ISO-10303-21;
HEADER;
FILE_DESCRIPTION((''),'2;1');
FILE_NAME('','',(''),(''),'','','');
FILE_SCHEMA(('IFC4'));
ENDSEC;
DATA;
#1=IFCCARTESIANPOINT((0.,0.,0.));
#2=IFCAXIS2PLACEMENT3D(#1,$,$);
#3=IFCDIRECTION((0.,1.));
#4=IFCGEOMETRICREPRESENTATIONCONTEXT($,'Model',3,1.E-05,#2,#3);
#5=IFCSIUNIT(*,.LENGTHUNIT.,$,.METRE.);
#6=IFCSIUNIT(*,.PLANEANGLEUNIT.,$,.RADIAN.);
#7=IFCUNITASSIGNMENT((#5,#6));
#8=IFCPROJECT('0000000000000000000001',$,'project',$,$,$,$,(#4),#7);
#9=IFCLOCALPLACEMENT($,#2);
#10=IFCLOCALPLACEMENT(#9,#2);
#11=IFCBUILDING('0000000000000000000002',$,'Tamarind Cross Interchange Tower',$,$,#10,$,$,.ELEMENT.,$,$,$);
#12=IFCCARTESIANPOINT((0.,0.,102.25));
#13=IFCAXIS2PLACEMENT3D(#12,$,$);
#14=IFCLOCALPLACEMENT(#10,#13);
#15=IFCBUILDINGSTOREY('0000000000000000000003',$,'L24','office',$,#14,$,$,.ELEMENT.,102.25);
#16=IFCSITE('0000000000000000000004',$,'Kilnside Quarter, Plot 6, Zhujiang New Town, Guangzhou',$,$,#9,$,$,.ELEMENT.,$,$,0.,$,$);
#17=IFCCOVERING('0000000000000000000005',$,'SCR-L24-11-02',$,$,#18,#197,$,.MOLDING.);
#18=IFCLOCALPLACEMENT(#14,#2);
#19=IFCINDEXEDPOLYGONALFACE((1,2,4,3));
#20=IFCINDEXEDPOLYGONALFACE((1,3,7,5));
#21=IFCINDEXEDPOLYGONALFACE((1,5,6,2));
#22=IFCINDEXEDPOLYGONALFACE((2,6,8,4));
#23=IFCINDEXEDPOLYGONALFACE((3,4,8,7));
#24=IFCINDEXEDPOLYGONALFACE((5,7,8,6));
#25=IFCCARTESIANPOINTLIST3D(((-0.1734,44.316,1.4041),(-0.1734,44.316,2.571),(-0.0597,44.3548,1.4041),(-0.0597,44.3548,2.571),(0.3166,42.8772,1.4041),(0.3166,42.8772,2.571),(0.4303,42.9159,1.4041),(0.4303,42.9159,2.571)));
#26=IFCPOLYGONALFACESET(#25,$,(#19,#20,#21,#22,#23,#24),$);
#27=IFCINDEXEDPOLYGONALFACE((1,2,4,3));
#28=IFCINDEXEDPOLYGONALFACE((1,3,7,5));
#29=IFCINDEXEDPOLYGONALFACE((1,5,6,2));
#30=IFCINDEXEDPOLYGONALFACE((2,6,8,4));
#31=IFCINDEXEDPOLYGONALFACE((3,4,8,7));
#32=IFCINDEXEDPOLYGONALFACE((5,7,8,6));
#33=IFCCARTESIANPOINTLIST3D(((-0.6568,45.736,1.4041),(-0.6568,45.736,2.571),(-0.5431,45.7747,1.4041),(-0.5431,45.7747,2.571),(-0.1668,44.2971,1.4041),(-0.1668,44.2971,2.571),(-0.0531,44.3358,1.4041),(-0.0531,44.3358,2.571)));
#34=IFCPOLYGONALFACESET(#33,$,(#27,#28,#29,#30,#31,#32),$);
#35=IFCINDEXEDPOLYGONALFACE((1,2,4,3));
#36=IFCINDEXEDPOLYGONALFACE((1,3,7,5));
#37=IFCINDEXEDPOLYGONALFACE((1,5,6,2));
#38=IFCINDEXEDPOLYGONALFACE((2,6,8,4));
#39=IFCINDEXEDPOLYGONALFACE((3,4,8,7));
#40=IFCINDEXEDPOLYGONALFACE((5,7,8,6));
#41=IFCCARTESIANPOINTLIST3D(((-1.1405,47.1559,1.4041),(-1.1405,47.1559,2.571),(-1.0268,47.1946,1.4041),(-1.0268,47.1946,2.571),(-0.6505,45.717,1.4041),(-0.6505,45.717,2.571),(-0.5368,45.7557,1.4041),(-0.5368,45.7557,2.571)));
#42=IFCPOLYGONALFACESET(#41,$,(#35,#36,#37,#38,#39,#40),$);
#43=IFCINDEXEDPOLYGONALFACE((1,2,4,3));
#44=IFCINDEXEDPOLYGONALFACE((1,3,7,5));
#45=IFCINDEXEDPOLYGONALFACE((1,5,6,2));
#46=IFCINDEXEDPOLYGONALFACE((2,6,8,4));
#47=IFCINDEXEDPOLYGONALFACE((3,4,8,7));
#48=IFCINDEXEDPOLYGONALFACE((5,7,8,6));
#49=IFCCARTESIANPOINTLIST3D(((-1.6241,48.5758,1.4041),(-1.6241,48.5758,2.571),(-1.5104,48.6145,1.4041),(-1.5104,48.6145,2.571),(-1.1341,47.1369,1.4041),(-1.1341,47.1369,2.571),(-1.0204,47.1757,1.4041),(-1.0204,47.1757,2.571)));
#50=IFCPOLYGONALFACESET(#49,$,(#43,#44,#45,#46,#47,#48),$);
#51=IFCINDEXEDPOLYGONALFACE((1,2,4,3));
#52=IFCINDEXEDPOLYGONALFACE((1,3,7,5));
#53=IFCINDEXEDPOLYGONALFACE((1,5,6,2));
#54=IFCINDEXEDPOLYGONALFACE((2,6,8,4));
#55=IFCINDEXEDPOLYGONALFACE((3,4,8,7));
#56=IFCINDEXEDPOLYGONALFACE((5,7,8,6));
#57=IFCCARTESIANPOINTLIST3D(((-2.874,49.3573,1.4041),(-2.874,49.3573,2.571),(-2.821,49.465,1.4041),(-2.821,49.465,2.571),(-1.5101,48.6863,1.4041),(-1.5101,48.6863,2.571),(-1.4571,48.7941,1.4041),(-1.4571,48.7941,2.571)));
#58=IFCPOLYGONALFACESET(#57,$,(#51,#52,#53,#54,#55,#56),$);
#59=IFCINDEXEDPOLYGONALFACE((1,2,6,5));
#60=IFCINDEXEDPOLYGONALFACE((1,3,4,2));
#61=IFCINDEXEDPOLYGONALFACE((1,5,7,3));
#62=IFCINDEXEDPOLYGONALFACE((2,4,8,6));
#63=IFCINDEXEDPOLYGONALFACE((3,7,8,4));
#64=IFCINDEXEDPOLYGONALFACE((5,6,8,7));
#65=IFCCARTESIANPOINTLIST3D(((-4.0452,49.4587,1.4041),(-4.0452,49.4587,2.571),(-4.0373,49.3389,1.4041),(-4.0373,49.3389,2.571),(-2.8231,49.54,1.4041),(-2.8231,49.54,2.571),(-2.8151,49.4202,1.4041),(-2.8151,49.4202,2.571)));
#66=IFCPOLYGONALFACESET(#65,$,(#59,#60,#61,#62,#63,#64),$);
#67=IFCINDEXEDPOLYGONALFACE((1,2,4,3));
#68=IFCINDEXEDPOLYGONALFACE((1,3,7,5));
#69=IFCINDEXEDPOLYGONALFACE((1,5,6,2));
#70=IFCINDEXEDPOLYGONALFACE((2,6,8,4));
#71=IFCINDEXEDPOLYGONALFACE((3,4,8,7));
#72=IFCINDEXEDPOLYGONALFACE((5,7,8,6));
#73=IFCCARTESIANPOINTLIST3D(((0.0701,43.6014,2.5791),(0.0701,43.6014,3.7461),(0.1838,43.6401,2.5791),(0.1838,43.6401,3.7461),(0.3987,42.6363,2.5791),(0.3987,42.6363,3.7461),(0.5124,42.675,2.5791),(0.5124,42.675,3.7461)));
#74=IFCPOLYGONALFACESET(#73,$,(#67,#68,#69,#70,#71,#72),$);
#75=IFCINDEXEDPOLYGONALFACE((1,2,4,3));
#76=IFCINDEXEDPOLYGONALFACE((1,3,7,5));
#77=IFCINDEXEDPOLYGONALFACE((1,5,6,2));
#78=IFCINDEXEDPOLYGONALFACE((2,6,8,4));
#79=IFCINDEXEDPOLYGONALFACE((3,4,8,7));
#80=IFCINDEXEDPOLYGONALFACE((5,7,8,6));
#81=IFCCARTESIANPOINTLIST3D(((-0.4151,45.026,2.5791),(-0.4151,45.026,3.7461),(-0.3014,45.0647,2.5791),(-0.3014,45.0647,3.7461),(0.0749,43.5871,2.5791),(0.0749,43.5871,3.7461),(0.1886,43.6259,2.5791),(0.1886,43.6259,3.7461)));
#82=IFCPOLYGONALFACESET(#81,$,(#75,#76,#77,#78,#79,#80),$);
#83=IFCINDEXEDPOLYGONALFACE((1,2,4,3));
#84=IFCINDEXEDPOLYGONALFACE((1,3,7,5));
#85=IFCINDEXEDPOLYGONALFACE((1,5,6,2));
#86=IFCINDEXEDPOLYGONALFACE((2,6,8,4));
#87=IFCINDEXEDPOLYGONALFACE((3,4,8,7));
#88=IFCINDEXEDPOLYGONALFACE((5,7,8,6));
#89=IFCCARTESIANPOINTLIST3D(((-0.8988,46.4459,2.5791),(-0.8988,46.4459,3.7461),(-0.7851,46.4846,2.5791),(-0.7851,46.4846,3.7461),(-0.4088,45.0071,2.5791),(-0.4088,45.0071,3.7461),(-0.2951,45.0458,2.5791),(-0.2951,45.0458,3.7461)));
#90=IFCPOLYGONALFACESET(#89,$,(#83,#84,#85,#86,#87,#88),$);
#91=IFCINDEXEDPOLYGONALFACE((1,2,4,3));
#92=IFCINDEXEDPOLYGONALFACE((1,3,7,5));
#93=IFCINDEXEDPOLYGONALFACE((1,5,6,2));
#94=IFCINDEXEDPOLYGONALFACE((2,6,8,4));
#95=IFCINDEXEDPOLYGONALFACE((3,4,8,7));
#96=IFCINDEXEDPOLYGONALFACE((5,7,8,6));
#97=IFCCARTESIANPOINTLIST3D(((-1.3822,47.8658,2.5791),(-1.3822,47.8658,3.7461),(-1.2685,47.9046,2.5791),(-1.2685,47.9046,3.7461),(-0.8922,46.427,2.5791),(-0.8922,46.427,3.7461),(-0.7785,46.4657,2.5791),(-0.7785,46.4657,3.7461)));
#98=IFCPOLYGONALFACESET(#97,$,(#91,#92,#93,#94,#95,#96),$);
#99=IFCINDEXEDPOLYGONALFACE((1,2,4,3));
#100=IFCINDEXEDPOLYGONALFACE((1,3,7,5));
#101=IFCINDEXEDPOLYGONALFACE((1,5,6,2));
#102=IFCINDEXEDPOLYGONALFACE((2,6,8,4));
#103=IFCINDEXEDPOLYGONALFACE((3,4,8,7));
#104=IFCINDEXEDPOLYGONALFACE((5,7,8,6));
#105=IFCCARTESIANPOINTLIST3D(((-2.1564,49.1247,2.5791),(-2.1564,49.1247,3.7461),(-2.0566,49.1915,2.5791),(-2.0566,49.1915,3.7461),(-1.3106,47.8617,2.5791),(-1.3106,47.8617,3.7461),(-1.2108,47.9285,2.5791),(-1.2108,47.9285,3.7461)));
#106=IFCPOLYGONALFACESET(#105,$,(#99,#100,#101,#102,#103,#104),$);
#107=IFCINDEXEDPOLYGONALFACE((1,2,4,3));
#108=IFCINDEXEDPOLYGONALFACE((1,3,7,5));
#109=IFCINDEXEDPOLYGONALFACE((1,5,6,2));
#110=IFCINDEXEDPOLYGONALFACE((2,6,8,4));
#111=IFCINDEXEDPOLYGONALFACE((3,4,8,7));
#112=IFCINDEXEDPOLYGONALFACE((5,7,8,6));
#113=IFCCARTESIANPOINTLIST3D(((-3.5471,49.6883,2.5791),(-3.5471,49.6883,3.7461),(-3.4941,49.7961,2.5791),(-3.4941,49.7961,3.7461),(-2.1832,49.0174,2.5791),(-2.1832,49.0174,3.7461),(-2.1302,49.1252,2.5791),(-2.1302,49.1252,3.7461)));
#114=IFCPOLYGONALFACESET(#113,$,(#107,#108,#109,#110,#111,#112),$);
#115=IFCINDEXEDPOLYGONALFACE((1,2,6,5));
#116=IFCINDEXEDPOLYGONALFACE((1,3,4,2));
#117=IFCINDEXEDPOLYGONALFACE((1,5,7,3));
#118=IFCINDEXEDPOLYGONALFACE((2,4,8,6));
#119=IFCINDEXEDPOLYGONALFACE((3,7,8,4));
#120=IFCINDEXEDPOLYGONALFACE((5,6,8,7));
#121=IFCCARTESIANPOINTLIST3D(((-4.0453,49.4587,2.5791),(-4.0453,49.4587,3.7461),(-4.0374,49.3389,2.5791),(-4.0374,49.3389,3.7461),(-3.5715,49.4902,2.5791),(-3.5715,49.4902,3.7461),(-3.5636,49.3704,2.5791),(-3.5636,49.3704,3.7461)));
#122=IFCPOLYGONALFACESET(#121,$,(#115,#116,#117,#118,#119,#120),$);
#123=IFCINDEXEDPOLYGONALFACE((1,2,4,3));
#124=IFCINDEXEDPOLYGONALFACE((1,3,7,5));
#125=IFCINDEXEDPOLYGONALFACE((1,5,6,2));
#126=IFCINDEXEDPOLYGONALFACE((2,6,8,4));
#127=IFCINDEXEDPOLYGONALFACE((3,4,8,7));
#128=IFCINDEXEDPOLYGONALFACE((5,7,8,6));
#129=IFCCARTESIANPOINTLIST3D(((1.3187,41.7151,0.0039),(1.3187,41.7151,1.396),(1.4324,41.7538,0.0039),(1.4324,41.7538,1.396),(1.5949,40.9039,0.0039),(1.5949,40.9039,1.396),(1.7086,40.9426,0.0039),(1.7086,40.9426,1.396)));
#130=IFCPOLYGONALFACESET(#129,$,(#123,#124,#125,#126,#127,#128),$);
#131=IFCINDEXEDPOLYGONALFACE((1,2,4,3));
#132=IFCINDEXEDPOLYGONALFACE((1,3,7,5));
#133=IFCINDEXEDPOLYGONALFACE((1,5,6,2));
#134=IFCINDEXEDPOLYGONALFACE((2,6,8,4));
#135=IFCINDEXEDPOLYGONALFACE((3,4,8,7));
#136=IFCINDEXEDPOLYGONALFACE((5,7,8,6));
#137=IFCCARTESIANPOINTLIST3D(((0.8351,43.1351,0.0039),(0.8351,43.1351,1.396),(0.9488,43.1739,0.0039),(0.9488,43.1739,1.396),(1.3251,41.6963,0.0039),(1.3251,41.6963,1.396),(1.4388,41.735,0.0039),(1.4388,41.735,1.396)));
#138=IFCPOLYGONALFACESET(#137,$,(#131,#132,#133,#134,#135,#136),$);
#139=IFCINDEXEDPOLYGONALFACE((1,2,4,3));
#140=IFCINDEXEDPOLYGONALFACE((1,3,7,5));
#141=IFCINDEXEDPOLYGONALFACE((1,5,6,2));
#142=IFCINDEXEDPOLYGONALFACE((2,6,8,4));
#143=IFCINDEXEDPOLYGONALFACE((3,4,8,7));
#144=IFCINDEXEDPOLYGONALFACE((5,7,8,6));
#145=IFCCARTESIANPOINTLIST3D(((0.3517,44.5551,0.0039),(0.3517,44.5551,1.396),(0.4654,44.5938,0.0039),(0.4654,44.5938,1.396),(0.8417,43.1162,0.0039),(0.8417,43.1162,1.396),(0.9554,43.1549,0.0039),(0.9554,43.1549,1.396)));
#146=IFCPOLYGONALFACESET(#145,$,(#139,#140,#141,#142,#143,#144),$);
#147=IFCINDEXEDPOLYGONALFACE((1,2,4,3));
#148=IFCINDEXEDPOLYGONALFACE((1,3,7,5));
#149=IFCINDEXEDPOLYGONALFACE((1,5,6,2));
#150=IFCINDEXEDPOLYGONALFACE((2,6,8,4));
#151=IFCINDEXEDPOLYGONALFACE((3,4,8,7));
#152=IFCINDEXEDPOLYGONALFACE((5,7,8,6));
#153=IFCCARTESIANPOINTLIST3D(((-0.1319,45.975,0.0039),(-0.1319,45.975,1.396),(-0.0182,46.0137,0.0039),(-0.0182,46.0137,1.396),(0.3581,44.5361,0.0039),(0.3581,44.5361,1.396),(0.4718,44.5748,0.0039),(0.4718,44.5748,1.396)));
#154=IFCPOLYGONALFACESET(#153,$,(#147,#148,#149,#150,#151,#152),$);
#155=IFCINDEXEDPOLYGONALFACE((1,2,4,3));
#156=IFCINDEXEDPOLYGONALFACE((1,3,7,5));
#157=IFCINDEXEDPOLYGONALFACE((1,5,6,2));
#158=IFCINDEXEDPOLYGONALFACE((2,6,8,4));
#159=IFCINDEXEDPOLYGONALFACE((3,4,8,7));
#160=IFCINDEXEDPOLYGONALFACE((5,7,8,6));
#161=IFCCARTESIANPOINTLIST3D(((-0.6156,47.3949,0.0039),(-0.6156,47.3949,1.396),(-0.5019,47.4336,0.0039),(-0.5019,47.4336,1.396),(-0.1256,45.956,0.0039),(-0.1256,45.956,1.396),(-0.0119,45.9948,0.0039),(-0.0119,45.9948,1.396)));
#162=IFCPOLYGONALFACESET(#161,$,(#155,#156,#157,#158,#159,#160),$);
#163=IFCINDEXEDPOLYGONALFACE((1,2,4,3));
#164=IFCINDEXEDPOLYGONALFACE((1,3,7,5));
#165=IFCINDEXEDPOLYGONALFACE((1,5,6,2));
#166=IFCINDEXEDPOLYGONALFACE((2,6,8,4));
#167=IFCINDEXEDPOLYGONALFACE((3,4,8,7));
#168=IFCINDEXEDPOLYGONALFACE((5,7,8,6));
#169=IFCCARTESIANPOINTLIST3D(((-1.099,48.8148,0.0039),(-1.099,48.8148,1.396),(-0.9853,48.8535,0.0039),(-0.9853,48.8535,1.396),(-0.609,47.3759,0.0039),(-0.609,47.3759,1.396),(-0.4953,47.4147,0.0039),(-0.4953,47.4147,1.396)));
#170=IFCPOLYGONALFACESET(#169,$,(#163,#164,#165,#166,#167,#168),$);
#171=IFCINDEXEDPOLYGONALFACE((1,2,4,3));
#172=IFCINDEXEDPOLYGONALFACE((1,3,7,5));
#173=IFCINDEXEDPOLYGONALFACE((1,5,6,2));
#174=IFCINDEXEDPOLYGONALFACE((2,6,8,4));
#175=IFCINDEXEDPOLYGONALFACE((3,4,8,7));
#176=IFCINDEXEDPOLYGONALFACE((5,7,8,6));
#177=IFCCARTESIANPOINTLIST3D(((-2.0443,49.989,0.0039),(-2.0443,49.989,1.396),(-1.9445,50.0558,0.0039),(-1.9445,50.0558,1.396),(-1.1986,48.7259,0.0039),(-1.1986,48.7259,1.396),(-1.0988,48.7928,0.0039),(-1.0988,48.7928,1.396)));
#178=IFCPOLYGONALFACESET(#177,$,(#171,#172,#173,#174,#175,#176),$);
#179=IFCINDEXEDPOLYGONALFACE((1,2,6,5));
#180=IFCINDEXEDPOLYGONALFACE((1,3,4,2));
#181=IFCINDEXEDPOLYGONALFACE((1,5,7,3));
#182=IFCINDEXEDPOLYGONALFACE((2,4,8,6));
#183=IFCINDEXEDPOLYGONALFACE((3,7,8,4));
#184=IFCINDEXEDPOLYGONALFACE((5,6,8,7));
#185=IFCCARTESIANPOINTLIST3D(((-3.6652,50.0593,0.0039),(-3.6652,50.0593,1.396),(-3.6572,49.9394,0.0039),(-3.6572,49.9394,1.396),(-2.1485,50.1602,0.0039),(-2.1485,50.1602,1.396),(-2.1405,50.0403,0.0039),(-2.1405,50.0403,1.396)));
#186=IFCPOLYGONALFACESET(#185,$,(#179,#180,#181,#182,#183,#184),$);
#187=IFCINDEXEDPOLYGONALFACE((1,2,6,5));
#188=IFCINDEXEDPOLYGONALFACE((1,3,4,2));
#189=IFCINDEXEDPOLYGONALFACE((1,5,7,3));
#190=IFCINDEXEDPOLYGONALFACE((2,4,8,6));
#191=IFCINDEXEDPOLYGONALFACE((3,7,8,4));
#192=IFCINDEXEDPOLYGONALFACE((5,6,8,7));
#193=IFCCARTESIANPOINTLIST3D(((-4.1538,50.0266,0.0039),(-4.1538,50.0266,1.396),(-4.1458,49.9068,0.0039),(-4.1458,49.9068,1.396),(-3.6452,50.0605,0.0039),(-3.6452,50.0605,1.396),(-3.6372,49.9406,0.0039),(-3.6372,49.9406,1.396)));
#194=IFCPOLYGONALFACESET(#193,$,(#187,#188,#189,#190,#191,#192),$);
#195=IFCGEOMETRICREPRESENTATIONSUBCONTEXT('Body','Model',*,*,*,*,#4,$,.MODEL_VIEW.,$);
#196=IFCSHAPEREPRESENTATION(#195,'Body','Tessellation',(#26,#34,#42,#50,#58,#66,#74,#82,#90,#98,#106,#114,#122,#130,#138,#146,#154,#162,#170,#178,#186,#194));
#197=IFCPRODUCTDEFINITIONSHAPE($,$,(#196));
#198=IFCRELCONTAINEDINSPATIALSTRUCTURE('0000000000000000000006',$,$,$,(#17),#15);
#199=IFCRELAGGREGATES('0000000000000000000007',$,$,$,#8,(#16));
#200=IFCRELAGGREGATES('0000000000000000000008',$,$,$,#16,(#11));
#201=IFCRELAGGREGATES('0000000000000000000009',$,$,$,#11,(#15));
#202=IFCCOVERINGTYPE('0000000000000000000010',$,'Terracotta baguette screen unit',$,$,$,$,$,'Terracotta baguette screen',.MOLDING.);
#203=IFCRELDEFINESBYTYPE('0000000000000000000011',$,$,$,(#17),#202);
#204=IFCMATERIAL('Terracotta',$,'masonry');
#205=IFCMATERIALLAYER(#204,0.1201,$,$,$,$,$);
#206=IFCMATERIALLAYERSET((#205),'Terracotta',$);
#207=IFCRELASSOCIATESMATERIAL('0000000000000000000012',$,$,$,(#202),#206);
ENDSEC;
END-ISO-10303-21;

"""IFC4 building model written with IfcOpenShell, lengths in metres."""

from ifc_helpers import new_model, si_unit, direction, frame, origin, origin_2d, place, context, subcontext, project, spatial, rectangle, extrude, material, layer, layer_set, type_object, element, save


model = new_model("IFC4")

# Units and contexts
model_context = context("Model", 3, precision=1e-05, world=origin(), true_north=direction((0.0, 1.0)))
body_context = subcontext(model_context, "Body", "Model", "MODEL_VIEW")
ifc_project = project(units=[si_unit("LENGTHUNIT", "METRE"), si_unit("PLANEANGLEUNIT", "RADIAN")], contexts=[model_context])

# Site, building, storey
site_placement = place(None, origin())
site = spatial("IfcSite", under=ifc_project, at=site_placement, Name="Kilnside Quarter, Plot 6, Zhujiang New Town, Guangzhou", CompositionType="ELEMENT", RefElevation=0.0)
building_placement = place(site_placement, origin())
building = spatial("IfcBuilding", under=site, at=building_placement, Name="Tamarind Cross Interchange Tower", CompositionType="ELEMENT")
storey_placement = place(building_placement, frame((0.0, 0.0, 102.25)))
storey = spatial("IfcBuildingStorey", under=building, at=storey_placement, Name="L24", Description="office", CompositionType="ELEMENT", Elevation=102.25)

# Covering
ifc_material_1 = material(Name="Terracotta", Category="masonry")
ifc_layer_1 = layer(ifc_material_1, 0.1201)
ifc_layer_set_1 = layer_set([ifc_layer_1], Name="Terracotta")
covering_type = type_object("IfcCoveringType", Name="Terracotta baguette screen unit", ElementType="Terracotta baguette screen", PredefinedType="MOLDING", material=ifc_layer_set_1)
covering_1_placement = place(storey_placement, origin())
element("IfcCovering", 1, at=covering_1_placement, inside=storey, type_object=covering_type, Name="SCR-L24-11-02", PredefinedType="MOLDING", context=body_context, shape_type="SweptSolid", body=[
    extrude(rectangle(XDim=1.52, YDim=0.1201, at=origin_2d()), frame((0.1284, 43.616, 1.4041), z_axis=(0.0, 0.0, 1.0), x_axis=(-0.322371, 0.946613, 0.0)), (0.0, 0.0, 1.0), 1.167),
    extrude(rectangle(XDim=1.52, YDim=0.1201, at=origin_2d()), frame((-0.355, 45.0359, 1.4041), z_axis=(0.0, 0.0, 1.0), x_axis=(-0.322371, 0.946613, 0.0)), (0.0, 0.0, 1.0), 1.167),
    extrude(rectangle(XDim=1.52, YDim=0.1201, at=origin_2d()), frame((-0.8386, 46.4558, 1.4041), z_axis=(0.0, 0.0, 1.0), x_axis=(-0.322371, 0.946613, 0.0)), (0.0, 0.0, 1.0), 1.167),
    extrude(rectangle(XDim=1.52, YDim=0.1201, at=origin_2d()), frame((-1.3223, 47.8757, 1.4041), z_axis=(0.0, 0.0, 1.0), x_axis=(-0.322371, 0.946613, 0.0)), (0.0, 0.0, 1.0), 1.167),
    extrude(rectangle(XDim=1.52, YDim=0.1201, at=origin_2d()), frame((-2.1655, 49.0757, 1.4041), z_axis=(0.0, 0.0, 1.0), x_axis=(-0.897308, 0.441406, 0.0)), (0.0, 0.0, 1.0), 1.167),
    extrude(rectangle(XDim=1.2249, YDim=0.1201, at=origin_2d()), frame((-3.4302, 49.4395, 1.4041), z_axis=(0.0, 0.0, 1.0), x_axis=(-0.997794, -0.066385, 0.0)), (0.0, 0.0, 1.0), 1.167),
    extrude(rectangle(XDim=1.0195, YDim=0.1201, at=origin_2d()), frame((0.2913, 43.1382, 2.5791), z_axis=(0.0, 0.0, 1.0), x_axis=(-0.322371, 0.946613, 0.0)), (0.0, 0.0, 1.0), 1.167),
    extrude(rectangle(XDim=1.52, YDim=0.1201, at=origin_2d()), frame((-0.1133, 44.3259, 2.5791), z_axis=(0.0, 0.0, 1.0), x_axis=(-0.322371, 0.946613, 0.0)), (0.0, 0.0, 1.0), 1.167),
    extrude(rectangle(XDim=1.52, YDim=0.1201, at=origin_2d()), frame((-0.5969, 45.7458, 2.5791), z_axis=(0.0, 0.0, 1.0), x_axis=(-0.322371, 0.946613, 0.0)), (0.0, 0.0, 1.0), 1.167),
    extrude(rectangle(XDim=1.52, YDim=0.1201, at=origin_2d()), frame((-1.0803, 47.1658, 2.5791), z_axis=(0.0, 0.0, 1.0), x_axis=(-0.322371, 0.946613, 0.0)), (0.0, 0.0, 1.0), 1.167),
    extrude(rectangle(XDim=1.52, YDim=0.1201, at=origin_2d()), frame((-1.6836, 48.5266, 2.5791), z_axis=(0.0, 0.0, 1.0), x_axis=(-0.556388, 0.830922, 0.0)), (0.0, 0.0, 1.0), 1.167),
    extrude(rectangle(XDim=1.52, YDim=0.1201, at=origin_2d()), frame((-2.8386, 49.4067, 2.5791), z_axis=(0.0, 0.0, 1.0), x_axis=(-0.897308, 0.441406, 0.0)), (0.0, 0.0, 1.0), 1.167),
    extrude(rectangle(XDim=0.4749, YDim=0.1201, at=origin_2d()), frame((-3.8044, 49.4146, 2.5791), z_axis=(0.0, 0.0, 1.0), x_axis=(-0.997794, -0.066385, 0.0)), (0.0, 0.0, 1.0), 1.167),
    extrude(rectangle(XDim=0.8569, YDim=0.1201, at=origin_2d()), frame((1.5137, 41.3289, 0.0039), z_axis=(0.0, 0.0, 1.0), x_axis=(-0.322371, 0.946613, 0.0)), (0.0, 0.0, 1.0), 1.3921),
    extrude(rectangle(XDim=1.52, YDim=0.1201, at=origin_2d()), frame((1.137, 42.4351, 0.0039), z_axis=(0.0, 0.0, 1.0), x_axis=(-0.322371, 0.946613, 0.0)), (0.0, 0.0, 1.0), 1.3921),
    extrude(rectangle(XDim=1.52, YDim=0.1201, at=origin_2d()), frame((0.6536, 43.855, 0.0039), z_axis=(0.0, 0.0, 1.0), x_axis=(-0.322371, 0.946613, 0.0)), (0.0, 0.0, 1.0), 1.3921),
    extrude(rectangle(XDim=1.52, YDim=0.1201, at=origin_2d()), frame((0.1699, 45.2749, 0.0039), z_axis=(0.0, 0.0, 1.0), x_axis=(-0.322371, 0.946613, 0.0)), (0.0, 0.0, 1.0), 1.3921),
    extrude(rectangle(XDim=1.52, YDim=0.1201, at=origin_2d()), frame((-0.3137, 46.6948, 0.0039), z_axis=(0.0, 0.0, 1.0), x_axis=(-0.322371, 0.946613, 0.0)), (0.0, 0.0, 1.0), 1.3921),
    extrude(rectangle(XDim=1.52, YDim=0.1201, at=origin_2d()), frame((-0.7971, 48.1147, 0.0039), z_axis=(0.0, 0.0, 1.0), x_axis=(-0.322371, 0.946613, 0.0)), (0.0, 0.0, 1.0), 1.3921),
    extrude(rectangle(XDim=1.52, YDim=0.1201, at=origin_2d()), frame((-1.5715, 49.3909, 0.0039), z_axis=(0.0, 0.0, 1.0), x_axis=(-0.556388, 0.830922, 0.0)), (0.0, 0.0, 1.0), 1.3921),
    extrude(rectangle(XDim=1.52, YDim=0.1201, at=origin_2d()), frame((-2.9028, 50.0498, 0.0039), z_axis=(0.0, 0.0, 1.0), x_axis=(-0.997794, -0.066385, 0.0)), (0.0, 0.0, 1.0), 1.3921),
    extrude(rectangle(XDim=0.5098, YDim=0.1201, at=origin_2d()), frame((-3.8955, 49.9836, 0.0039), z_axis=(0.0, 0.0, 1.0), x_axis=(-0.997794, -0.066385, 0.0)), (0.0, 0.0, 1.0), 1.3921),
])

save(model, "model.ifc")
